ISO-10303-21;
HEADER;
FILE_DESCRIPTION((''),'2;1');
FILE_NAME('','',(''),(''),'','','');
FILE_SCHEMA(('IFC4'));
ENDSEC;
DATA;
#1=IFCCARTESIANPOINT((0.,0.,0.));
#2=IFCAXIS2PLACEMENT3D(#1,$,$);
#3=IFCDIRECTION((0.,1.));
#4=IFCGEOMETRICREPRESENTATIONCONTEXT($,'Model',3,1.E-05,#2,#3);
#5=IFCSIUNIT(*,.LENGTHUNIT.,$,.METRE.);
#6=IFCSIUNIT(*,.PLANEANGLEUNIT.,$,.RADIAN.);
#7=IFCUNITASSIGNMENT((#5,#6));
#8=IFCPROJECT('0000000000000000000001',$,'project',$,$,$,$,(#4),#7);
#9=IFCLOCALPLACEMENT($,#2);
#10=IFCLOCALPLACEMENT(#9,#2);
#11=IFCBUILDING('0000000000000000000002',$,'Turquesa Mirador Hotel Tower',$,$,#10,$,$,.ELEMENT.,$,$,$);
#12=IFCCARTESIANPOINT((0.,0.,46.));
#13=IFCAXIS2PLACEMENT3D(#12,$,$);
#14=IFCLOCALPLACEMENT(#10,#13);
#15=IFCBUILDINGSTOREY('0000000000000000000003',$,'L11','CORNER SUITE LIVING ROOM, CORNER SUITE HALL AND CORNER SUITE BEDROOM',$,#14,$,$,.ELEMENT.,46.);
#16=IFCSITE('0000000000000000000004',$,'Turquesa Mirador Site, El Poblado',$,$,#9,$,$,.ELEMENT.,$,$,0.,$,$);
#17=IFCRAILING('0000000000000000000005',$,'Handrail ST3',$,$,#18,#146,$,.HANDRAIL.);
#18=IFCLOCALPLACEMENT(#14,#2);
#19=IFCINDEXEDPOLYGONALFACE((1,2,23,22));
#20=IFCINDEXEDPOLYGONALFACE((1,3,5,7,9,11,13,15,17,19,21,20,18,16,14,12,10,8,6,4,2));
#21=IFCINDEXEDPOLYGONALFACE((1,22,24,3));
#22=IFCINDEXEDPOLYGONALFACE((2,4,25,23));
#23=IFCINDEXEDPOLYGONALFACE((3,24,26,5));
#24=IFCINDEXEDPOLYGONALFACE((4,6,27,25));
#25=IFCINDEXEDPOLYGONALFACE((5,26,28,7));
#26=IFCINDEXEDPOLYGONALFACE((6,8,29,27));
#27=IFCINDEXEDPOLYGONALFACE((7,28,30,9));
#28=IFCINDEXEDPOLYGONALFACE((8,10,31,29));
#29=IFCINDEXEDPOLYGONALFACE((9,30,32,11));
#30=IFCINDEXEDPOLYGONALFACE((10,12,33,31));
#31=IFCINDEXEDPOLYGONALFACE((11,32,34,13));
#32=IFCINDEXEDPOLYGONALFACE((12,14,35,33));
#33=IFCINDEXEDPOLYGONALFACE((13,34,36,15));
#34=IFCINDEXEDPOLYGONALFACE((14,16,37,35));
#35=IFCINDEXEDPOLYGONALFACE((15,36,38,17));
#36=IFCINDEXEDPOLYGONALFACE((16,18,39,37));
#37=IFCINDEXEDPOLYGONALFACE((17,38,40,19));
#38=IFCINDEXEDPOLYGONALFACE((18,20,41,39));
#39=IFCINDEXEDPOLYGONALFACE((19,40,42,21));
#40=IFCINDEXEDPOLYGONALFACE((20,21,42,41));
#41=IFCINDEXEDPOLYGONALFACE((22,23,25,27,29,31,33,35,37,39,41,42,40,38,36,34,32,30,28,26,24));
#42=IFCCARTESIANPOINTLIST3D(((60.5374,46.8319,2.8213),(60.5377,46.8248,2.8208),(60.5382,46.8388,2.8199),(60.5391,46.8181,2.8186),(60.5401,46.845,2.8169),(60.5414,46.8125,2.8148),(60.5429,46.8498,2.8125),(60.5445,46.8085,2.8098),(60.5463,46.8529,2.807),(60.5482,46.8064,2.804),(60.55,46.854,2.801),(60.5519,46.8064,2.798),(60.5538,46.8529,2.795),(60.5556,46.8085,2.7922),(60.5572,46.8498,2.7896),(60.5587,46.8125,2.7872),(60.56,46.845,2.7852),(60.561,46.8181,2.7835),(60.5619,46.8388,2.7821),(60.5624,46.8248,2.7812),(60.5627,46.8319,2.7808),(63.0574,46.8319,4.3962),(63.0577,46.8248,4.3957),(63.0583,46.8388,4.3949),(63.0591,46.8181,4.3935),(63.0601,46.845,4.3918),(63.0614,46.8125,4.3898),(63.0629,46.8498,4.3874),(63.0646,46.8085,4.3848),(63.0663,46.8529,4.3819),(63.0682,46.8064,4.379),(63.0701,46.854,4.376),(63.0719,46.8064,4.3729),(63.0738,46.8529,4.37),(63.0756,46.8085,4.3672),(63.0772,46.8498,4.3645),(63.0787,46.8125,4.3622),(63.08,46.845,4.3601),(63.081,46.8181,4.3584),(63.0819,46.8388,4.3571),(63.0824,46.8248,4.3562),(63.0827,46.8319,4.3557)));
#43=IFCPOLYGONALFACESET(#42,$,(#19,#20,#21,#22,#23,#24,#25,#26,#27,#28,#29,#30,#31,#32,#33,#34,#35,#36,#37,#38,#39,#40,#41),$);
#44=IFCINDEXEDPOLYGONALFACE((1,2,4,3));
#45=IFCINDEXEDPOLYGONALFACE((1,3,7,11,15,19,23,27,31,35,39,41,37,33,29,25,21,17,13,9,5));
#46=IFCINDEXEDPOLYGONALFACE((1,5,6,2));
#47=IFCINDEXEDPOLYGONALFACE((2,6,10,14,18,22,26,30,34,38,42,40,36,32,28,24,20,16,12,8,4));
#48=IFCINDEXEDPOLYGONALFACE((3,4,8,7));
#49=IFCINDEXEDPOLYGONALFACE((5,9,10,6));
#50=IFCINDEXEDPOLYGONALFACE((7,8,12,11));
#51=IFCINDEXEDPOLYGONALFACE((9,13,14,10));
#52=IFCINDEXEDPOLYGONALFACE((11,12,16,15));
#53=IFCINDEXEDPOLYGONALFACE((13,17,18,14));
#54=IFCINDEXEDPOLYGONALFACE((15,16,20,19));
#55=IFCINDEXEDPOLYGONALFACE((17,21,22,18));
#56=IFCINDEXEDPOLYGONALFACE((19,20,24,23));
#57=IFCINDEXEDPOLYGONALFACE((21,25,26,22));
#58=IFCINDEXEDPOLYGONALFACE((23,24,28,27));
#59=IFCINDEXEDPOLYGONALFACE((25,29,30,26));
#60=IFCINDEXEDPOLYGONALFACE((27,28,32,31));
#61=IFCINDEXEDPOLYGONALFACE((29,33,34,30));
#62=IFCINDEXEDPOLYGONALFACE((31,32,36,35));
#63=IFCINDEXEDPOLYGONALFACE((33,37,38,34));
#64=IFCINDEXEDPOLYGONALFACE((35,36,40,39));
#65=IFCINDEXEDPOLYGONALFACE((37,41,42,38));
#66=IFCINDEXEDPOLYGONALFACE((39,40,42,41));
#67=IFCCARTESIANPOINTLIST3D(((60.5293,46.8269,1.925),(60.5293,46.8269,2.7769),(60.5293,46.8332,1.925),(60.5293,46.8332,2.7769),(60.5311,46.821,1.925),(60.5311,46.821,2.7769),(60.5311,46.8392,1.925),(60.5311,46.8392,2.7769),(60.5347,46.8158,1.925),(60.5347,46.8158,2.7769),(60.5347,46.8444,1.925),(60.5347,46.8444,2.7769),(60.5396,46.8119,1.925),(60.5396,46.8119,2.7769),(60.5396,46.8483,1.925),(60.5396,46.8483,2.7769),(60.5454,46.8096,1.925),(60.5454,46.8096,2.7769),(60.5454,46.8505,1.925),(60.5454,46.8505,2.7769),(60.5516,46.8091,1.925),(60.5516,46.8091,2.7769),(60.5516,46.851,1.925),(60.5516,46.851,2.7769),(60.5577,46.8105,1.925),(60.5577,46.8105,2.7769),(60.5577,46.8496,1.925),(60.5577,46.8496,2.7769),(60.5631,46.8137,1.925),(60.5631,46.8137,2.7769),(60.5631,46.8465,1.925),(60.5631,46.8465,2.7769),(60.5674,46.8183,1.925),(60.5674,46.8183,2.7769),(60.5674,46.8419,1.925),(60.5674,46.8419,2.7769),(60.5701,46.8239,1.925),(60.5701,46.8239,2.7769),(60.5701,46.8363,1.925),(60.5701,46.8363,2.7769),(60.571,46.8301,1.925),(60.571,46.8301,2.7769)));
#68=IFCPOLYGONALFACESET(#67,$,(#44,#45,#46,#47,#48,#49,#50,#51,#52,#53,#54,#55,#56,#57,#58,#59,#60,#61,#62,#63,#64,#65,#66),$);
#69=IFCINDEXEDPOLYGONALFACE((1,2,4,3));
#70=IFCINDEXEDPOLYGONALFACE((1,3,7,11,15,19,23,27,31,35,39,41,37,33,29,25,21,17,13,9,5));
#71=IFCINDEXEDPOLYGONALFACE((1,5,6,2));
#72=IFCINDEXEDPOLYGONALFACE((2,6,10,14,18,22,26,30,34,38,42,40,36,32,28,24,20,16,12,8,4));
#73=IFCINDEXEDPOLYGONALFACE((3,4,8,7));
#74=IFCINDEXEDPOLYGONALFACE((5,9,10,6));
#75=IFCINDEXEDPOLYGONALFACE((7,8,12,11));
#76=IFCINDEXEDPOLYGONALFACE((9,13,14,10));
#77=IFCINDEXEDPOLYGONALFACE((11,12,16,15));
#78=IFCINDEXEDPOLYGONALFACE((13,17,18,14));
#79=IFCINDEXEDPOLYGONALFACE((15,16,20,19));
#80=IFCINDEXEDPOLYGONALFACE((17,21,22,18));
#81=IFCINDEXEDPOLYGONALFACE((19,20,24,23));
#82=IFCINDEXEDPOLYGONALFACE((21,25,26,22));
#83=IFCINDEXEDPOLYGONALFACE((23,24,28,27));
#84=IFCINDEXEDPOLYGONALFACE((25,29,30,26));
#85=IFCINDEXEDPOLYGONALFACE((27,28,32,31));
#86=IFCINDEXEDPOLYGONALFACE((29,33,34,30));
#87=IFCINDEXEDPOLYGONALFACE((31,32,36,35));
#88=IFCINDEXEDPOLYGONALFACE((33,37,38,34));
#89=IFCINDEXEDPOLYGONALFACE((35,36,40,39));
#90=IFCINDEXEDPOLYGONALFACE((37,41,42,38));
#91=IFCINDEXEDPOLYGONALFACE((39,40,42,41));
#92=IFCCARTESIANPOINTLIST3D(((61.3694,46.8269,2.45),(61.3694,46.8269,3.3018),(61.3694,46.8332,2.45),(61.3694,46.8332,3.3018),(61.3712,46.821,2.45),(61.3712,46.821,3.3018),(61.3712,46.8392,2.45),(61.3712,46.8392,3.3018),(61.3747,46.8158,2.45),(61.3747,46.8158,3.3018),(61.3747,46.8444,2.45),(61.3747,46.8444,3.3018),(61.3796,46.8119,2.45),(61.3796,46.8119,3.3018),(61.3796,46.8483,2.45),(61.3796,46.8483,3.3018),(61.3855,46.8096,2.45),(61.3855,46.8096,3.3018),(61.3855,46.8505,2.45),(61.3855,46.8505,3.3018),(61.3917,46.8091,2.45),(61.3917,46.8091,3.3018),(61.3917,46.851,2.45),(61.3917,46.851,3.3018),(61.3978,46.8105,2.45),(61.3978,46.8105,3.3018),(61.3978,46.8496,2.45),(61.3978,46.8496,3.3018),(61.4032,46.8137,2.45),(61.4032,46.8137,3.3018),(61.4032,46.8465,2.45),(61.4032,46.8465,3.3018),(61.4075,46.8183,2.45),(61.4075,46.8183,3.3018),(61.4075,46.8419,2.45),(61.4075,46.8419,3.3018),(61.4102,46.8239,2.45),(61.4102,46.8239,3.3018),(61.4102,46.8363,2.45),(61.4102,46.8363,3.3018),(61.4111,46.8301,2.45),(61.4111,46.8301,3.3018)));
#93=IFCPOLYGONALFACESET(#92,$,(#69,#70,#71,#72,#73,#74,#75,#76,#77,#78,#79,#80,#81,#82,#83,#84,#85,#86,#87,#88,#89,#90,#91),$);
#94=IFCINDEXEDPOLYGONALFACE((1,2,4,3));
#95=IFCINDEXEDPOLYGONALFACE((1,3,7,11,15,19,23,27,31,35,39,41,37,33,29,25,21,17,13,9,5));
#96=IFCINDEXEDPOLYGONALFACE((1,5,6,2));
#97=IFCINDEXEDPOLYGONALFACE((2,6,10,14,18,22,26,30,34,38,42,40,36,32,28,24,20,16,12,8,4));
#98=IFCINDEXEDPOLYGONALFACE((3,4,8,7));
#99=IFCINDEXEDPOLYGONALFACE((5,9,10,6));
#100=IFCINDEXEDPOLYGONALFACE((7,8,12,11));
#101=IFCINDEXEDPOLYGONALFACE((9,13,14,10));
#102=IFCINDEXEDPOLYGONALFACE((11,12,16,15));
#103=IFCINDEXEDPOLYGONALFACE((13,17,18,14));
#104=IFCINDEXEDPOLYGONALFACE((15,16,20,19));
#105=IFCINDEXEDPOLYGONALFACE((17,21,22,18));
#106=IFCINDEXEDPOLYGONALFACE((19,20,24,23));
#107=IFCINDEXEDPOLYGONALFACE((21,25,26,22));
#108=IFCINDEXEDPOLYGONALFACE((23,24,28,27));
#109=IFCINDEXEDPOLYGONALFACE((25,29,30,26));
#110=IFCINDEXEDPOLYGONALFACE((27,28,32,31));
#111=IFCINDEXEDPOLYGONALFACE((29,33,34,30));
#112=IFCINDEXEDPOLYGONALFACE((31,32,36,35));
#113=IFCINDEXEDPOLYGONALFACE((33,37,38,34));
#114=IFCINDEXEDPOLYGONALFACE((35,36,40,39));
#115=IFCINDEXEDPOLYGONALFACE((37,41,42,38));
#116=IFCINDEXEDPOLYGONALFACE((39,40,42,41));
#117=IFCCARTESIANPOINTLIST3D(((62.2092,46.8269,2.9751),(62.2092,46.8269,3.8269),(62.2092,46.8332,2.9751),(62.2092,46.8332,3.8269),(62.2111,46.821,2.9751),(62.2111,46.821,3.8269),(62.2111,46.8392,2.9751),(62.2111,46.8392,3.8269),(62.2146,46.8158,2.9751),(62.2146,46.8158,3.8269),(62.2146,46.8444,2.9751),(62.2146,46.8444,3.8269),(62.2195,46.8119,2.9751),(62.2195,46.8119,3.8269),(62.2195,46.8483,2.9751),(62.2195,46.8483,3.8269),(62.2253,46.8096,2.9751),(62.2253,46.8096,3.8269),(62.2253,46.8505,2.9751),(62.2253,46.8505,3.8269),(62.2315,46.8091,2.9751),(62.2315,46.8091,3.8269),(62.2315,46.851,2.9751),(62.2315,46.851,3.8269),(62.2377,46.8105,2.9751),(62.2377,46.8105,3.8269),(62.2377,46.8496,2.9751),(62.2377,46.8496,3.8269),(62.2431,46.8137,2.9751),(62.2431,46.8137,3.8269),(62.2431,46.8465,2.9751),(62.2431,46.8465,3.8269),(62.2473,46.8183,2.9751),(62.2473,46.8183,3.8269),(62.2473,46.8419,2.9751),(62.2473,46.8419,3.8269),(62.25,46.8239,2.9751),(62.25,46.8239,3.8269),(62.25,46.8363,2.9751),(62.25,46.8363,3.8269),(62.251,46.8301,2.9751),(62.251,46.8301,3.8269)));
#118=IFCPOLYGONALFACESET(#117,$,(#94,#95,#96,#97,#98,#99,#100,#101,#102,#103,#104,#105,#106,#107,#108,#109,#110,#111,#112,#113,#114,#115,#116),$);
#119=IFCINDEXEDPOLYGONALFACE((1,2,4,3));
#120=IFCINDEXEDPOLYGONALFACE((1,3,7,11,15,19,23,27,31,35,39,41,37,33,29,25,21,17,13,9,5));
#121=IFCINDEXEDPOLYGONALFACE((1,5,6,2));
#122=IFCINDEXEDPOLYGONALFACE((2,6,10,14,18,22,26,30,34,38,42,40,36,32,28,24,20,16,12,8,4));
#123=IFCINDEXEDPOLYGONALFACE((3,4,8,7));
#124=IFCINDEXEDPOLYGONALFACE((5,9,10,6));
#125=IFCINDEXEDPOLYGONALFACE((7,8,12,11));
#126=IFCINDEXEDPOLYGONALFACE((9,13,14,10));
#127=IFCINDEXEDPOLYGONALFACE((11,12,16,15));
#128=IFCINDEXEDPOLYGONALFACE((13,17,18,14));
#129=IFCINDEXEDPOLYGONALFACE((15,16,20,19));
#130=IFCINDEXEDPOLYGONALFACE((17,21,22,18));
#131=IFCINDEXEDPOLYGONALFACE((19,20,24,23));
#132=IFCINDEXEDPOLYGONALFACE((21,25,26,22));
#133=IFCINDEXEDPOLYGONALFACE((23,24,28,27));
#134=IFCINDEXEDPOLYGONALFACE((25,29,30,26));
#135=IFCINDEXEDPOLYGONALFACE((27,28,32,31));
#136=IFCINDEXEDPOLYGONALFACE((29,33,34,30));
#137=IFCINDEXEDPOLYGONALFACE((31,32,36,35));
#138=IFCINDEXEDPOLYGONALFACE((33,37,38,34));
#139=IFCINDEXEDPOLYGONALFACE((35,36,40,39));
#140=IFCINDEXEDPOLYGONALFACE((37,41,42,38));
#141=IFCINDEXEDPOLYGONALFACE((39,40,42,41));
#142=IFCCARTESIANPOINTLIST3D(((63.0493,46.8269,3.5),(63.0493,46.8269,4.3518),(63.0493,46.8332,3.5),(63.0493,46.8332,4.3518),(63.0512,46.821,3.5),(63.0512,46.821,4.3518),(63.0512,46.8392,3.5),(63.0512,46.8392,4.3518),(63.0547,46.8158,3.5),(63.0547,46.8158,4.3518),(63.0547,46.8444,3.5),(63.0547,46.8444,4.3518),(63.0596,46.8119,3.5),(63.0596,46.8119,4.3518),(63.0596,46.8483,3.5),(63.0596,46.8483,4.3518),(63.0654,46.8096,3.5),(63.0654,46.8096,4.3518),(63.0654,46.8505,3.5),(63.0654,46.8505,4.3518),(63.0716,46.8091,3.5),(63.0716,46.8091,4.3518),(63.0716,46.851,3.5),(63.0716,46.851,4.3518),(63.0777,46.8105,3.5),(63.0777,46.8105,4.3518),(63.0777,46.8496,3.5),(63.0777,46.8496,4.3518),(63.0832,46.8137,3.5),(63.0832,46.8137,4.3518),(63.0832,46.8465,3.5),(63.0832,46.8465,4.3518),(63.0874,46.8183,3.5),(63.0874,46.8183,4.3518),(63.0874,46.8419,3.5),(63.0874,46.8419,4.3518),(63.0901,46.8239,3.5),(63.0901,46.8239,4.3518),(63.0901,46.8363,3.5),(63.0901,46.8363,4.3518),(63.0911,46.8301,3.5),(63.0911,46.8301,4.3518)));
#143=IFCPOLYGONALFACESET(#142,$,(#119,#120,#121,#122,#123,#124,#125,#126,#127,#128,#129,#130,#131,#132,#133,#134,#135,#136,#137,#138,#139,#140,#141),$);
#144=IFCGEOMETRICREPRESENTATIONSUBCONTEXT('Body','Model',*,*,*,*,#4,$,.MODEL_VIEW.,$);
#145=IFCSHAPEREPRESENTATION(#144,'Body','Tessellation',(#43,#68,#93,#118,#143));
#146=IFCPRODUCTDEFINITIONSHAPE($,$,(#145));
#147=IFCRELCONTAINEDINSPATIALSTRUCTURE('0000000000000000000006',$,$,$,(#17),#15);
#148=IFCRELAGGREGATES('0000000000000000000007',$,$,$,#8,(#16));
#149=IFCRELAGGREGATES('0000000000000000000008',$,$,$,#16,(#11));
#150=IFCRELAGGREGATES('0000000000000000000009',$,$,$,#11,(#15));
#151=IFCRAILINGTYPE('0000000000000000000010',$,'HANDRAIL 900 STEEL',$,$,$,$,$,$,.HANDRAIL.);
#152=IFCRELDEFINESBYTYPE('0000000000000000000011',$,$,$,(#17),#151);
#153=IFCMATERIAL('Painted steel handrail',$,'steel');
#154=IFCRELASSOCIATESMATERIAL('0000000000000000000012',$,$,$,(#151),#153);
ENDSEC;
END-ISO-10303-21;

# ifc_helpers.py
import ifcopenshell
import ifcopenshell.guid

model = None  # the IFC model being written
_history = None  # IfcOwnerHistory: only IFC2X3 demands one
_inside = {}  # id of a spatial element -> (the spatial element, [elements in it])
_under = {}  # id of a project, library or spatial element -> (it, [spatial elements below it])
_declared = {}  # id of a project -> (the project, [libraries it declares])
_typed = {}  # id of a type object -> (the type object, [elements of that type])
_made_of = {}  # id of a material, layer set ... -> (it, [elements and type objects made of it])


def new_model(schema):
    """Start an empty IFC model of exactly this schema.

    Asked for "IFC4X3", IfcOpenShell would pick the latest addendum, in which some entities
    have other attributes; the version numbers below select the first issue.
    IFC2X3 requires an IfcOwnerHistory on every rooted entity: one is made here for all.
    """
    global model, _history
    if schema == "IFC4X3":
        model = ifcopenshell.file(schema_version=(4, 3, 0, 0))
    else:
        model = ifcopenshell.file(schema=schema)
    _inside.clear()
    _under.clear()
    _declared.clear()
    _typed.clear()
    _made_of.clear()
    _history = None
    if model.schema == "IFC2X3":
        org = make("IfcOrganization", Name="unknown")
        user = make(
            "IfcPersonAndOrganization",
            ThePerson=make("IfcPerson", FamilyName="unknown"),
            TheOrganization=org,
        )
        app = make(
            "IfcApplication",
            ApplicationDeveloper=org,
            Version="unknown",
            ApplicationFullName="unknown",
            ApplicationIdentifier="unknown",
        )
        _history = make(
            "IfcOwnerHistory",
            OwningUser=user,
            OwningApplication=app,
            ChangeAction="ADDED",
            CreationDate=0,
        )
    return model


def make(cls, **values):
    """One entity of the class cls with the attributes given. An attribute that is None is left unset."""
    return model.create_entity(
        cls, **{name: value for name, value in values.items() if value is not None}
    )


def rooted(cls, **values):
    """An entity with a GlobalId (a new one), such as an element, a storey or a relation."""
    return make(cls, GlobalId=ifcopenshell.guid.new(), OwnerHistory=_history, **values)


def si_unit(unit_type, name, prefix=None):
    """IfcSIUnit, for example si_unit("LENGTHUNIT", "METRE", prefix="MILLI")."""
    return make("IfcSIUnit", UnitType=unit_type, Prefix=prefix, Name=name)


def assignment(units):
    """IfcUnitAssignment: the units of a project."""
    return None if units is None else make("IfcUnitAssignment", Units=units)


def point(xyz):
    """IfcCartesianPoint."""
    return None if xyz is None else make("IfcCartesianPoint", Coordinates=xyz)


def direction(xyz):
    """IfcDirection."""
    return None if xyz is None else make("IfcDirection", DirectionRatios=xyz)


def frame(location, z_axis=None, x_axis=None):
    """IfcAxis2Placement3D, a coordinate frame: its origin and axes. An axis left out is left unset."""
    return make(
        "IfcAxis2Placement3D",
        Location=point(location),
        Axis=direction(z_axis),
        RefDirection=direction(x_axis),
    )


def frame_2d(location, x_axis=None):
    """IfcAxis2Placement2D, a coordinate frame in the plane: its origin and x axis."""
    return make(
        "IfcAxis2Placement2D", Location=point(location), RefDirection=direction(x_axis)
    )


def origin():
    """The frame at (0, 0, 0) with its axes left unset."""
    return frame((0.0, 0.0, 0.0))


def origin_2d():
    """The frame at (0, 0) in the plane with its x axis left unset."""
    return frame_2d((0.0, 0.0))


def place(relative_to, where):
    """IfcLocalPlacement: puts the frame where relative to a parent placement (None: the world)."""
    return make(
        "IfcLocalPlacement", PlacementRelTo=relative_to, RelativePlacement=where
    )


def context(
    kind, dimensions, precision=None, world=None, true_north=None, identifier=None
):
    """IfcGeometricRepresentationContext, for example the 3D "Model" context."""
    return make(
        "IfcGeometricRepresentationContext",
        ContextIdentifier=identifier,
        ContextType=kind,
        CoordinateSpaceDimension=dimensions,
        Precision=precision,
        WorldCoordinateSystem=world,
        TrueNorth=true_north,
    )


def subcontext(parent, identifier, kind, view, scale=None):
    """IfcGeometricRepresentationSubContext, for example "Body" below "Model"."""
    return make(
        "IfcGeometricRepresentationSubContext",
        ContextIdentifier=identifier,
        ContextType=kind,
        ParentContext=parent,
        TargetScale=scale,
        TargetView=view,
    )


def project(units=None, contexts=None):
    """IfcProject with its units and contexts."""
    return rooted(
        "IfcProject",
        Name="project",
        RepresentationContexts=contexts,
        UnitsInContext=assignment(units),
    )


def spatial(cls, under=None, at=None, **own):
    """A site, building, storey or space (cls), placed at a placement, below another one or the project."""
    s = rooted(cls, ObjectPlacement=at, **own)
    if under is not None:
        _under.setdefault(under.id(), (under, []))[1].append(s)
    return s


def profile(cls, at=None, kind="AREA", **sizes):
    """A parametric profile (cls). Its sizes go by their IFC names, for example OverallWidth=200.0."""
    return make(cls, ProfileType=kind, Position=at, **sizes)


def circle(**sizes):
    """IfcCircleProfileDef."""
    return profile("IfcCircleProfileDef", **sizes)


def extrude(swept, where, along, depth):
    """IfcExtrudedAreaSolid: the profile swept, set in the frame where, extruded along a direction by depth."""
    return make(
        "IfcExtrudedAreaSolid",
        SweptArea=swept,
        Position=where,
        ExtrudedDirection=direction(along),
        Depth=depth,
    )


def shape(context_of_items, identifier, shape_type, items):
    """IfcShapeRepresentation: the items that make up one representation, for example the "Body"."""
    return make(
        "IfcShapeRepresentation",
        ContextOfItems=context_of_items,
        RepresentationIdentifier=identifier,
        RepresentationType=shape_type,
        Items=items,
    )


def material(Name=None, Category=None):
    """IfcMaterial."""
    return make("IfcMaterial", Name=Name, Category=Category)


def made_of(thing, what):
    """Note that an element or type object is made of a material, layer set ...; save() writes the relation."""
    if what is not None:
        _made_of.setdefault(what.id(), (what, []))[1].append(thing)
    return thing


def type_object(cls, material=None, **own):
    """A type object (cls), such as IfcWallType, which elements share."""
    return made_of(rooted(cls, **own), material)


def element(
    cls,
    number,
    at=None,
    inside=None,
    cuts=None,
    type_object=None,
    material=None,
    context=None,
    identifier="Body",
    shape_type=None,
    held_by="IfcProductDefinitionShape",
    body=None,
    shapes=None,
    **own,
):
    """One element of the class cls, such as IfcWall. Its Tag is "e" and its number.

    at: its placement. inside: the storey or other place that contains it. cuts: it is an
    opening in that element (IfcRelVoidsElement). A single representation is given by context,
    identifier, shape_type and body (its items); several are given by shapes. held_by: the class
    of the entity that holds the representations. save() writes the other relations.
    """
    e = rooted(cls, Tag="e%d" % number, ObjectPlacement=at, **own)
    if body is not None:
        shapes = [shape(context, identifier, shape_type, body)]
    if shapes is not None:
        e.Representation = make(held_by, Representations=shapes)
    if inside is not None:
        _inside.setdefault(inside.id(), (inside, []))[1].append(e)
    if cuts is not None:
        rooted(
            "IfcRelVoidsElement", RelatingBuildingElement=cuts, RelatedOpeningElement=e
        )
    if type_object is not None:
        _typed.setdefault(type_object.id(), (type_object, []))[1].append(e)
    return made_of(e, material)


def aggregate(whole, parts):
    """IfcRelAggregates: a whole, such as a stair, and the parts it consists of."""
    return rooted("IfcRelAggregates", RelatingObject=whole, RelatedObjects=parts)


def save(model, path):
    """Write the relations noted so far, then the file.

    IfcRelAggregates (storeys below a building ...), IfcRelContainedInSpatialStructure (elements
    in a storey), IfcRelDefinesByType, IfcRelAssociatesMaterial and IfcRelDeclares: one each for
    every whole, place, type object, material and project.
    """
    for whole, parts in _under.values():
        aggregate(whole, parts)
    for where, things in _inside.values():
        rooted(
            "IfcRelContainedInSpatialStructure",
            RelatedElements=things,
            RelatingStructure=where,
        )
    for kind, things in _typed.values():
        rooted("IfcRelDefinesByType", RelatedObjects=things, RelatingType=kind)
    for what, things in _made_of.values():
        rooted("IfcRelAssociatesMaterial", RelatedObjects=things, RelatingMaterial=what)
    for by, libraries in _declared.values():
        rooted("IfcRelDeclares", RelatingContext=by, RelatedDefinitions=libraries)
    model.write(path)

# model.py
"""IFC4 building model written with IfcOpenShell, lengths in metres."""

from ifc_helpers import new_model, si_unit, direction, frame, origin, origin_2d, place, context, subcontext, project, spatial, circle, extrude, material, type_object, element, save


model = new_model("IFC4")

# Units and contexts
model_context = context("Model", 3, precision=1e-05, world=origin(), true_north=direction((0.0, 1.0)))
body_context = subcontext(model_context, "Body", "Model", "MODEL_VIEW")
ifc_project = project(units=[si_unit("LENGTHUNIT", "METRE"), si_unit("PLANEANGLEUNIT", "RADIAN")], contexts=[model_context])

# Site, building, storey
site_placement = place(None, origin())
site = spatial("IfcSite", under=ifc_project, at=site_placement, Name="Turquesa Mirador Site, El Poblado", CompositionType="ELEMENT", RefElevation=0.0)
building_placement = place(site_placement, origin())
building = spatial("IfcBuilding", under=site, at=building_placement, Name="Turquesa Mirador Hotel Tower", CompositionType="ELEMENT")
storey_placement = place(building_placement, frame((0.0, 0.0, 46.0)))
storey = spatial("IfcBuildingStorey", under=building, at=storey_placement, Name="L11", Description="CORNER SUITE LIVING ROOM, CORNER SUITE HALL AND CORNER SUITE BEDROOM", CompositionType="ELEMENT", Elevation=46.0)

# Railing
ifc_material_1 = material(Name="Painted steel handrail", Category="steel")
railing_type = type_object("IfcRailingType", Name="HANDRAIL 900 STEEL", PredefinedType="HANDRAIL", material=ifc_material_1)
railing_1_placement = place(storey_placement, frame((60.55, 46.8301, 1.925)))
element("IfcRailing", 1, at=railing_1_placement, inside=storey, type_object=railing_type, Name="Handrail ST3", PredefinedType="HANDRAIL", context=body_context, shape_type="SweptSolid", body=[
    extrude(circle(Radius=0.0239, at=origin_2d()), frame((0.0, 0.0, 0.876), z_axis=(0.848008, 0.0, 0.529984), x_axis=(0.0, 1.0, 0.0)), (0.0, 0.0, 1.0), 2.9717),
    extrude(circle(Radius=0.021, at=origin_2d()), origin(), (0.0, 0.0, 1.0), 0.8518),
    extrude(circle(Radius=0.021, at=origin_2d()), frame((0.8401, 0.0, 0.5249)), (0.0, 0.0, 1.0), 0.8518),
    extrude(circle(Radius=0.021, at=origin_2d()), frame((1.6799, 0.0, 1.05)), (0.0, 0.0, 1.0), 0.8518),
    extrude(circle(Radius=0.021, at=origin_2d()), frame((2.52, 0.0, 1.575)), (0.0, 0.0, 1.0), 0.8518),
])

save(model, "model.ifc")
